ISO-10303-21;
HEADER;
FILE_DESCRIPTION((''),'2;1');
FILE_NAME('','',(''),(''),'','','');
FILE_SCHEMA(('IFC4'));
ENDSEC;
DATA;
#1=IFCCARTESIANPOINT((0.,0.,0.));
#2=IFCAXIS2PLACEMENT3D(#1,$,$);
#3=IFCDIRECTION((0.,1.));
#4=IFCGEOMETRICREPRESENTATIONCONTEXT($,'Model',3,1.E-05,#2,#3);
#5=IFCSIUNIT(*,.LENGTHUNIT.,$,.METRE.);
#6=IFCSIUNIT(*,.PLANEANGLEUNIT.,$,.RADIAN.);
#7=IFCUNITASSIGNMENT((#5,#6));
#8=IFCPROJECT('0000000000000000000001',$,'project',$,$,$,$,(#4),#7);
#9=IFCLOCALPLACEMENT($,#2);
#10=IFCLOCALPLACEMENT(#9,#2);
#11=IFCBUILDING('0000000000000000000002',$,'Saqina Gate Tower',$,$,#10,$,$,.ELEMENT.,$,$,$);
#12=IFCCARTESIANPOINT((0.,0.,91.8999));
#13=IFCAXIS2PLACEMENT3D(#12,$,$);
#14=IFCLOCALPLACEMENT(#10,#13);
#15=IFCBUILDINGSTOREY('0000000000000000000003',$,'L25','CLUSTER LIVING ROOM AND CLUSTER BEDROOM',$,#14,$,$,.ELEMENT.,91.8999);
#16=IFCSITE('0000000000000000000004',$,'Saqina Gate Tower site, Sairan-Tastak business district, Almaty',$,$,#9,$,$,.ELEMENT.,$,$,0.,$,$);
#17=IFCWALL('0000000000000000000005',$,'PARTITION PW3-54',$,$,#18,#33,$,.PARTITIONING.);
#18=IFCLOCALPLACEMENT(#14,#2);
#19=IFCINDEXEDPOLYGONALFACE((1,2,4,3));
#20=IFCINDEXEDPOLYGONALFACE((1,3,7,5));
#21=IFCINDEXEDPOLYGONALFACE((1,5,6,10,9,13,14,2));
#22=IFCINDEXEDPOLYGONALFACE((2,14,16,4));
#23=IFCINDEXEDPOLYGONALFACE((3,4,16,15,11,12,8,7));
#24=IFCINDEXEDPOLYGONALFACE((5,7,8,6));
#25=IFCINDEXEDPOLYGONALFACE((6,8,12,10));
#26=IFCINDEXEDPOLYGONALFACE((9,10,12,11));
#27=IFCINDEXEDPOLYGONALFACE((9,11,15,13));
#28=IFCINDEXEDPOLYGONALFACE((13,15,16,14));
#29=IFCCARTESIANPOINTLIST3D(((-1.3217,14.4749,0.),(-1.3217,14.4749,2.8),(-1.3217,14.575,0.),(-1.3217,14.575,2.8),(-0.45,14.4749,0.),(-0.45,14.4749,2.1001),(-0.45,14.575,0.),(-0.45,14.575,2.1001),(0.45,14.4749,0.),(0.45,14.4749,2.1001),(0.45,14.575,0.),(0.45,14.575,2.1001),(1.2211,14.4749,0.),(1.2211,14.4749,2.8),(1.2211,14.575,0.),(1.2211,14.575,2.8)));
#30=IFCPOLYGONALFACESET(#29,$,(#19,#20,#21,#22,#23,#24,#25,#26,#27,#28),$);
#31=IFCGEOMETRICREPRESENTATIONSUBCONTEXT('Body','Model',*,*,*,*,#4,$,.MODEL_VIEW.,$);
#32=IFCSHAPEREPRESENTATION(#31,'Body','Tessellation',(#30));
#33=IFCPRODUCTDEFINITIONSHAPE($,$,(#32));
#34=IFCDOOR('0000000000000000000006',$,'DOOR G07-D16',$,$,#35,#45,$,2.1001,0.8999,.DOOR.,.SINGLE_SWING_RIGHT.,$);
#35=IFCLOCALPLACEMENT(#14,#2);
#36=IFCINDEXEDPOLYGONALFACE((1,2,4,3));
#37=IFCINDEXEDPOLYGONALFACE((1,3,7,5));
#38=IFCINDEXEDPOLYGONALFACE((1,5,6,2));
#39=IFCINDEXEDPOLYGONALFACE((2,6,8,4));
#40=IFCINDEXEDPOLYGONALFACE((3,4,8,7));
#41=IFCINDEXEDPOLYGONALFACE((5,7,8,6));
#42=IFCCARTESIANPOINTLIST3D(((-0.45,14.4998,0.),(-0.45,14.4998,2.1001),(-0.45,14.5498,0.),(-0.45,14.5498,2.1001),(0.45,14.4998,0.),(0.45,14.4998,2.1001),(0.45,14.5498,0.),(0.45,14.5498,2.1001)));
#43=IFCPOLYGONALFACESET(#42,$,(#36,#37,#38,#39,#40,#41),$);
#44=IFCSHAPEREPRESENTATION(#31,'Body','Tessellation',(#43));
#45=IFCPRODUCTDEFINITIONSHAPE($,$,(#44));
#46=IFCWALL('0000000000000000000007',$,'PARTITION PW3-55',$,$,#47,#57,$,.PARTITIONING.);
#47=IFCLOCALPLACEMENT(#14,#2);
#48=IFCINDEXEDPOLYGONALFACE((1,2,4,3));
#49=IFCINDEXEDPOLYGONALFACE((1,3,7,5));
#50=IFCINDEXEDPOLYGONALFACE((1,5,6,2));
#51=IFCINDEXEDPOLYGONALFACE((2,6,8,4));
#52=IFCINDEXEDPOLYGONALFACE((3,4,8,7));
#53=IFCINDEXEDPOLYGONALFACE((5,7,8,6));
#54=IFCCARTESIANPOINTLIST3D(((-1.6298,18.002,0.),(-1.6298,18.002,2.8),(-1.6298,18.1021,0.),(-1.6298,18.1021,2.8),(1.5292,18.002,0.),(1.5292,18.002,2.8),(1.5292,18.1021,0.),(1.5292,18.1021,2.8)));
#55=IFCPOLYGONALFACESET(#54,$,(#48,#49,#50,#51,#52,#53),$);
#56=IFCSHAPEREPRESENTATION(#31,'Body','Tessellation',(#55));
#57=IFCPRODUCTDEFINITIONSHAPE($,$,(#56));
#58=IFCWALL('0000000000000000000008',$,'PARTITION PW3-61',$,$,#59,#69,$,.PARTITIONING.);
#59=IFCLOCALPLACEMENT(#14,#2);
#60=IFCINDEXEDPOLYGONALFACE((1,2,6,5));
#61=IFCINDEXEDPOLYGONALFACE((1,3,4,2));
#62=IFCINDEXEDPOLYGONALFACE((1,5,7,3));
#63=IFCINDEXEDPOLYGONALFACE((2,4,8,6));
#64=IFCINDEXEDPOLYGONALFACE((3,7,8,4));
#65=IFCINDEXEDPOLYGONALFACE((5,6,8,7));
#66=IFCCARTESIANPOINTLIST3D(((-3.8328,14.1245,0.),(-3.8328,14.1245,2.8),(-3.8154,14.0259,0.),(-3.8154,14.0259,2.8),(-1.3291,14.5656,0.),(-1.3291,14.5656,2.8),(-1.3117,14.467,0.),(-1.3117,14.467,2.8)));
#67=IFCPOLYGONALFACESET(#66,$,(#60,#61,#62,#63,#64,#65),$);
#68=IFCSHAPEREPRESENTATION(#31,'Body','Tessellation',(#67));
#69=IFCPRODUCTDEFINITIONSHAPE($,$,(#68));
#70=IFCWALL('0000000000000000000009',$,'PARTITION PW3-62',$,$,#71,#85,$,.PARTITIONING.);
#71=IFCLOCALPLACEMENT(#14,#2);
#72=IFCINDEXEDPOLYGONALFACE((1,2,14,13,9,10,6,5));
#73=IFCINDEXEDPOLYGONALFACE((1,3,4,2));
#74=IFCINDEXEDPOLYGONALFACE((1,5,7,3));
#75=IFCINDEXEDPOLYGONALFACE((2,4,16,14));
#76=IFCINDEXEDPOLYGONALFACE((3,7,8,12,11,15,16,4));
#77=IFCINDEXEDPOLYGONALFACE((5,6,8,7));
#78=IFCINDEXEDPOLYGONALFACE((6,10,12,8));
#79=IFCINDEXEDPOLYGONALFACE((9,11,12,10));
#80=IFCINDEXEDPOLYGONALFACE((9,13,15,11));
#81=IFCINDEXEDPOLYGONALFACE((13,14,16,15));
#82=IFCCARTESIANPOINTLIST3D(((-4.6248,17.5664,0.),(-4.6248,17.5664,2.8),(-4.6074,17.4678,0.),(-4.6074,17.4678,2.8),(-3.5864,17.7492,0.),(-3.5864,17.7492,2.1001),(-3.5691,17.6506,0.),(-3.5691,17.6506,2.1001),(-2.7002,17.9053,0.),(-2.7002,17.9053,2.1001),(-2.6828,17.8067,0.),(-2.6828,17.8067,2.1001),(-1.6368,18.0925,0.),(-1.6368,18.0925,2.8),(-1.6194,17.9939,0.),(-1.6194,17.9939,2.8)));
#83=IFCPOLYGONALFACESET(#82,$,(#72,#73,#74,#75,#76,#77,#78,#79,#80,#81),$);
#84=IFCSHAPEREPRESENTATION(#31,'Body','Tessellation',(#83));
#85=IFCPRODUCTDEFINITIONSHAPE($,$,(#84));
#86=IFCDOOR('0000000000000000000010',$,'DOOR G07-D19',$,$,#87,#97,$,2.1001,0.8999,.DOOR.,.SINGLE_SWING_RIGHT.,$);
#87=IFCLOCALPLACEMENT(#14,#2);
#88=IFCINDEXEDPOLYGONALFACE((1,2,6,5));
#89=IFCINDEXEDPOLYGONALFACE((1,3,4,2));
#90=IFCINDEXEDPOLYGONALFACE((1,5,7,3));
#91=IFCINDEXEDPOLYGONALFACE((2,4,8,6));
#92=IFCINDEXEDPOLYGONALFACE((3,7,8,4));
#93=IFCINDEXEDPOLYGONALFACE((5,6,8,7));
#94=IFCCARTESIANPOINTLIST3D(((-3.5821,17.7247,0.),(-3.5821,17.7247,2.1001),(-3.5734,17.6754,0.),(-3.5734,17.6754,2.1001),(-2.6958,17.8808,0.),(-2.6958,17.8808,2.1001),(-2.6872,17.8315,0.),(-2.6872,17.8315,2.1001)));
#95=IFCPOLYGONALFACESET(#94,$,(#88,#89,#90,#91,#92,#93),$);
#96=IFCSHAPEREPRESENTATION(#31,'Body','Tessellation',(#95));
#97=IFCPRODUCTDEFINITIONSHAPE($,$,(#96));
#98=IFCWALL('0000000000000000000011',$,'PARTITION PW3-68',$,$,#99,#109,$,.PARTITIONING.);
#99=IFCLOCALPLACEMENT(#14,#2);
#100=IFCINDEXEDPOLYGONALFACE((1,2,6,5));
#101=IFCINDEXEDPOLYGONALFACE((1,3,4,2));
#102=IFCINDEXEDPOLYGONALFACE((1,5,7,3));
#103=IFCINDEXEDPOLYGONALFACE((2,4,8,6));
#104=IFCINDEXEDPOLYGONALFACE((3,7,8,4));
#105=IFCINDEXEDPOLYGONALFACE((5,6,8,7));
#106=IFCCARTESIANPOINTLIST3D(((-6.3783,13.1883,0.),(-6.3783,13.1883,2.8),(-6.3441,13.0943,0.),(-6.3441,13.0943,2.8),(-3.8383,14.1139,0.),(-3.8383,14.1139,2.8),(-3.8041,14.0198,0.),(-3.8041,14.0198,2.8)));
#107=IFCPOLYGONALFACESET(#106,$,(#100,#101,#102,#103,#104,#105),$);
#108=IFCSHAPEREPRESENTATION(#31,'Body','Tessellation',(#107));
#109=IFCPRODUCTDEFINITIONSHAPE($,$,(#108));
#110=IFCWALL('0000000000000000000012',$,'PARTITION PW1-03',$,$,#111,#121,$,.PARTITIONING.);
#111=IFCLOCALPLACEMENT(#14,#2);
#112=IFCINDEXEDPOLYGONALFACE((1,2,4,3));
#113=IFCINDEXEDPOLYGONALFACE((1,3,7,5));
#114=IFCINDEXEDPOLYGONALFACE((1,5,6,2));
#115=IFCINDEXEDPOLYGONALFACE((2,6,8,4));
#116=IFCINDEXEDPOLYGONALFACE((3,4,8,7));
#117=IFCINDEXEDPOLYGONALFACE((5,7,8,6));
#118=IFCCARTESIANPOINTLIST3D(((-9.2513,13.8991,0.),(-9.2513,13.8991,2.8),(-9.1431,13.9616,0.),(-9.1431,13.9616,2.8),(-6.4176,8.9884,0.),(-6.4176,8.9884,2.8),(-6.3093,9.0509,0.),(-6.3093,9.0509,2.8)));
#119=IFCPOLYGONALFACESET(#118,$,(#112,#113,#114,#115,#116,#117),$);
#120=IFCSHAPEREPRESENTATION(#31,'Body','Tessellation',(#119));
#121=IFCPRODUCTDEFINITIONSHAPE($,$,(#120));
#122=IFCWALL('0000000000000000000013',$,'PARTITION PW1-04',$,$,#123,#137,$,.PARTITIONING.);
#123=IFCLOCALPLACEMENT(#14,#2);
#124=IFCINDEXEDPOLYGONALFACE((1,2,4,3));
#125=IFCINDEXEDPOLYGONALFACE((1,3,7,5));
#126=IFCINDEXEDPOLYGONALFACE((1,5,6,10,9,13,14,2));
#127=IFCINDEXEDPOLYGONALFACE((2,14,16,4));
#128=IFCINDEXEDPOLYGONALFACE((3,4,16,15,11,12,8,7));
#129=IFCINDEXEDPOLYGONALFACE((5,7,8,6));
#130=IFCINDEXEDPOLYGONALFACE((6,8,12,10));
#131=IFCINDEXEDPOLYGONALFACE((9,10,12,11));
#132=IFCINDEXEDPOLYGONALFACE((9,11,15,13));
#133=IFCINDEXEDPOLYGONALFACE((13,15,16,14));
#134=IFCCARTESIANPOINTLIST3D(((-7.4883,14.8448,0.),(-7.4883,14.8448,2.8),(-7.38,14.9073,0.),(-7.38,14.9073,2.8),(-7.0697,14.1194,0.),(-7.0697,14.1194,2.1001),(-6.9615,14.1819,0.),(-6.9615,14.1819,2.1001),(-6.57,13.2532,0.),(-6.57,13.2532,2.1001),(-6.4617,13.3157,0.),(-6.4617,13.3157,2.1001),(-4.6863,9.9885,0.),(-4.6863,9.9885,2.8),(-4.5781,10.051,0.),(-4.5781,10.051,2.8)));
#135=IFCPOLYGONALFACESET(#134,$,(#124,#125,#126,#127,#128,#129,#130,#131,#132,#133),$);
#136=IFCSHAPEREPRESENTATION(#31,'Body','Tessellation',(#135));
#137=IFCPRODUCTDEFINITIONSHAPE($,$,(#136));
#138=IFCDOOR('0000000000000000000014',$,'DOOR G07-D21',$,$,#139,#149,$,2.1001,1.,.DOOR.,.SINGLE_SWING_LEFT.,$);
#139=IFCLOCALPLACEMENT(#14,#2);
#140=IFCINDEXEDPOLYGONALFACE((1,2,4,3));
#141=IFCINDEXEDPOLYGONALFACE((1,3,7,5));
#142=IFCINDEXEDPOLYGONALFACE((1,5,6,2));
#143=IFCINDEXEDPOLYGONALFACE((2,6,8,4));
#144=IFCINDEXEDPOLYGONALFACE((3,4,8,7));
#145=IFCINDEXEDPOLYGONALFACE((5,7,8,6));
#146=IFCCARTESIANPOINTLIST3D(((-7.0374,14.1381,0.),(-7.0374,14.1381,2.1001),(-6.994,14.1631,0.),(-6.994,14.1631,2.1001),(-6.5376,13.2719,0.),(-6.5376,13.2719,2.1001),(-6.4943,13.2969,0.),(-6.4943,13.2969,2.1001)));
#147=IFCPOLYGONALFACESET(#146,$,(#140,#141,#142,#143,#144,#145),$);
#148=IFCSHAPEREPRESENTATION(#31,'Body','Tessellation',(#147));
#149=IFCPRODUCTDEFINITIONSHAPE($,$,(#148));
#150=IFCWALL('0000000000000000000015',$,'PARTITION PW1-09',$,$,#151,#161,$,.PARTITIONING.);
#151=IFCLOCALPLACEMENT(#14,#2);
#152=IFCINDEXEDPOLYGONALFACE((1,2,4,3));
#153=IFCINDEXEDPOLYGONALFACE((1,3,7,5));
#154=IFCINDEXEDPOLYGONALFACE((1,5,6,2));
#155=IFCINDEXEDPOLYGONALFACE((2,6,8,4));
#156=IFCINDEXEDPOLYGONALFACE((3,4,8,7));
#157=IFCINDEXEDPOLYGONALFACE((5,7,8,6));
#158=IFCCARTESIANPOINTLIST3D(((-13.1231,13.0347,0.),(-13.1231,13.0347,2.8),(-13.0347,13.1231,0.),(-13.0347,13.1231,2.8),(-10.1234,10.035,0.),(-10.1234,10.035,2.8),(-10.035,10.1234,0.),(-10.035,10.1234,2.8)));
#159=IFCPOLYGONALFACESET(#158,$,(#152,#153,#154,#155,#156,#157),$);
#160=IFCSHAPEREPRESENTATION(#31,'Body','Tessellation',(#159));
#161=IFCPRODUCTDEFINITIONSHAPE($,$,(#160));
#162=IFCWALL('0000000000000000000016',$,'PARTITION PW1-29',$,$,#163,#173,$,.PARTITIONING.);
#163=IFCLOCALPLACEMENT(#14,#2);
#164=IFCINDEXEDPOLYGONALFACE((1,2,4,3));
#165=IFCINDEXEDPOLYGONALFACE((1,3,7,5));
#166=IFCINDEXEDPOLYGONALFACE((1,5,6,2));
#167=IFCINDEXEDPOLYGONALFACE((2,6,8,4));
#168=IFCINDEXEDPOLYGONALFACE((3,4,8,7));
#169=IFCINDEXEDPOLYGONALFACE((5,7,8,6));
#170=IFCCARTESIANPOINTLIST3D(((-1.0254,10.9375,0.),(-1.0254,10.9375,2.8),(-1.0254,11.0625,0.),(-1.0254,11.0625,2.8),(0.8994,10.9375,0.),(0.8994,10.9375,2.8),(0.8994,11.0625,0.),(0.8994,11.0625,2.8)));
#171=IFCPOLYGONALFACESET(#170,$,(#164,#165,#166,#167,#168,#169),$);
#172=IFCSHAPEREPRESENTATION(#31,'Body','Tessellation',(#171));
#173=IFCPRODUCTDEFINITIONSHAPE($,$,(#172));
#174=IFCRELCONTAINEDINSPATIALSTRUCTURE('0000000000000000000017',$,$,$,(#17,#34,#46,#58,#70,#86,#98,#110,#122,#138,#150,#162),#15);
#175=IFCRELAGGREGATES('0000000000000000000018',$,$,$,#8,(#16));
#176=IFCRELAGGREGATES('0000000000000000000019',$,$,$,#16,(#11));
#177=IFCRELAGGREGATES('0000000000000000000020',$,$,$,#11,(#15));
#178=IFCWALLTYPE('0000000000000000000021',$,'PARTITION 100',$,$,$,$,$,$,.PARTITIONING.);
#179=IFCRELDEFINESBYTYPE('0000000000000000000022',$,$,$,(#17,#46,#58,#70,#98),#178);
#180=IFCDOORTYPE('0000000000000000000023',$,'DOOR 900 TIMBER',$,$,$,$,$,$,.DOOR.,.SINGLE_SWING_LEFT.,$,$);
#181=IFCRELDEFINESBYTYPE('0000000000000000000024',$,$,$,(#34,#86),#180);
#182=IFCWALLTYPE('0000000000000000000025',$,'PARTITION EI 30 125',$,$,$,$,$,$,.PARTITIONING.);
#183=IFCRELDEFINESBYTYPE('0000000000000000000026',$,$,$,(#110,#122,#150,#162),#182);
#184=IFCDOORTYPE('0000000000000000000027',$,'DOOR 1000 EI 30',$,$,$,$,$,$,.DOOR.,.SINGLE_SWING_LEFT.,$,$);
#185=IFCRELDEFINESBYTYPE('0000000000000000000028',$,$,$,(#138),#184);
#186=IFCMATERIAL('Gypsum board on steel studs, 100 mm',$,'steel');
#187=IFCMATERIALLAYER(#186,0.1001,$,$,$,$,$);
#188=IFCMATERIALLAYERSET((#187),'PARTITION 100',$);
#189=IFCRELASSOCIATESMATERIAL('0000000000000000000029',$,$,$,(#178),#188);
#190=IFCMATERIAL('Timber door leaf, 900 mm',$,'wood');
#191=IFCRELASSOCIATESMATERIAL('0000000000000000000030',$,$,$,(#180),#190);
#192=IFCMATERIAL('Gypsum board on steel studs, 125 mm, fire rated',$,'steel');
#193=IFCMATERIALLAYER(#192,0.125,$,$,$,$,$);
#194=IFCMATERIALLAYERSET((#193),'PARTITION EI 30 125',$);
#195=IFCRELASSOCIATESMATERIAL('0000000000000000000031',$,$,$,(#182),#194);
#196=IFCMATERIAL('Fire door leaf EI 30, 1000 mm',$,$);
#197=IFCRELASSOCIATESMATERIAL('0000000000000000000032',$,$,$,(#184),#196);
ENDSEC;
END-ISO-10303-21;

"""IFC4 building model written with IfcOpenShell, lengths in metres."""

from ifc_helpers import new_model, si_unit, direction, frame, frame_2d, origin, place, context, subcontext, project, spatial, rectangle, extrude, material, layer, layer_set, type_object, element, fill, save


model = new_model("IFC4")

# Units and contexts
model_context = context("Model", 3, precision=1e-05, world=origin(), true_north=direction((0.0, 1.0)))
body_context = subcontext(model_context, "Body", "Model", "MODEL_VIEW")
ifc_project = project(units=[si_unit("LENGTHUNIT", "METRE"), si_unit("PLANEANGLEUNIT", "RADIAN")], contexts=[model_context])

# Site, building, storey
site_placement = place(None, origin())
site = spatial("IfcSite", under=ifc_project, at=site_placement, Name="Saqina Gate Tower site, Sairan-Tastak business district, Almaty", CompositionType="ELEMENT", RefElevation=0.0)
building_placement = place(site_placement, origin())
building = spatial("IfcBuilding", under=site, at=building_placement, Name="Saqina Gate Tower", CompositionType="ELEMENT")
storey_placement = place(building_placement, frame((0.0, 0.0, 91.8999)))
storey = spatial("IfcBuildingStorey", under=building, at=storey_placement, Name="L25", Description="CLUSTER LIVING ROOM AND CLUSTER BEDROOM", CompositionType="ELEMENT", Elevation=91.8999)

# Wall, opening, door
ifc_material_1 = material(Name="Gypsum board on steel studs, 100 mm", Category="steel")
ifc_layer_1 = layer(ifc_material_1, 0.1001)
ifc_layer_set_1 = layer_set([ifc_layer_1], Name="PARTITION 100")
wall_type_1 = type_object("IfcWallType", Name="PARTITION 100", PredefinedType="PARTITIONING", material=ifc_layer_set_1)
wall_1_placement = place(storey_placement, frame((-1.3218, 14.5249, 0.0), z_axis=(0.0, 0.0, 1.0), x_axis=(1.0, 0.0, 0.0)))
wall_1 = element("IfcWall", 1, at=wall_1_placement, inside=storey, type_object=wall_type_1, Name="PARTITION PW3-54", PredefinedType="PARTITIONING", context=body_context, shape_type="SweptSolid", body=[
    extrude(rectangle(XDim=2.5427, YDim=0.1001, at=frame_2d((1.2715, 0.0))), origin(), (0.0, 0.0, 1.0), 2.8),
])
opening_1_placement = place(wall_1_placement, frame((0.8718, 0.0, 0.0)))
opening_1 = element("IfcOpeningElement", 2, at=opening_1_placement, cuts=wall_1, PredefinedType="OPENING", context=body_context, shape_type="SweptSolid", body=[
    extrude(rectangle(XDim=0.8999, YDim=2.1001, at=frame_2d((0.45, 1.05))), frame((0.0, 0.062, 0.0), z_axis=(0.0, -1.0, 0.0), x_axis=(1.0, 0.0, 0.0)), (0.0, 0.0, 1.0), 0.124),
])
ifc_material_2 = material(Name="Timber door leaf, 900 mm", Category="wood")
door_type_1 = type_object("IfcDoorType", Name="DOOR 900 TIMBER", OperationType="SINGLE_SWING_LEFT", PredefinedType="DOOR", material=ifc_material_2)
door_1_placement = place(opening_1_placement, origin())
door_1 = element("IfcDoor", 3, at=door_1_placement, inside=storey, type_object=door_type_1, Name="DOOR G07-D16", OperationType="SINGLE_SWING_RIGHT", OverallHeight=2.1001, OverallWidth=0.8999, PredefinedType="DOOR", context=body_context, shape_type="SweptSolid", body=[
    extrude(rectangle(XDim=0.8999, YDim=2.1001, at=frame_2d((0.45, 1.05))), frame((0.0, 0.0249, 0.0), z_axis=(0.0, -1.0, 0.0), x_axis=(1.0, 0.0, 0.0)), (0.0, 0.0, 1.0), 0.05),
])
fill(opening_1, door_1)

# Walls
wall_2_placement = place(storey_placement, frame((-1.6299, 18.052, 0.0), z_axis=(0.0, 0.0, 1.0), x_axis=(1.0, 0.0, 0.0)))
element("IfcWall", 4, at=wall_2_placement, inside=storey, type_object=wall_type_1, Name="PARTITION PW3-55", PredefinedType="PARTITIONING", context=body_context, shape_type="SweptSolid", body=[
    extrude(rectangle(XDim=3.1589, YDim=0.1001, at=frame_2d((1.5796, 0.0))), origin(), (0.0, 0.0, 1.0), 2.8),
])
wall_3_placement = place(storey_placement, frame((-3.824, 14.0752, 0.0), z_axis=(0.0, 0.0, 1.0), x_axis=(0.984828, 0.173533, 0.0)))
element("IfcWall", 5, at=wall_3_placement, inside=storey, type_object=wall_type_1, Name="PARTITION PW3-61", PredefinedType="PARTITIONING", context=body_context, shape_type="SweptSolid", body=[
    extrude(rectangle(XDim=2.5422, YDim=0.1001, at=frame_2d((1.271, 0.0))), origin(), (0.0, 0.0, 1.0), 2.8),
])

# Wall, opening, door
wall_4_placement = place(storey_placement, frame((-4.6162, 17.5171, 0.0), z_axis=(0.0, 0.0, 1.0), x_axis=(0.98485, 0.173409, 0.0)))
wall_4 = element("IfcWall", 6, at=wall_4_placement, inside=storey, type_object=wall_type_1, Name="PARTITION PW3-62", PredefinedType="PARTITIONING", context=body_context, shape_type="SweptSolid", body=[
    extrude(rectangle(XDim=3.0339, YDim=0.1001, at=frame_2d((1.5171, 0.0))), origin(), (0.0, 0.0, 1.0), 2.8),
])
opening_2_placement = place(wall_4_placement, frame((1.0544, 0.0, 0.0)))
opening_2 = element("IfcOpeningElement", 7, at=opening_2_placement, cuts=wall_4, PredefinedType="OPENING", context=body_context, shape_type="SweptSolid", body=[
    extrude(rectangle(XDim=0.8999, YDim=2.1001, at=frame_2d((0.45, 1.05))), frame((0.0, 0.062, 0.0), z_axis=(0.0, -1.0, 0.0), x_axis=(1.0, 0.0, 0.0)), (0.0, 0.0, 1.0), 0.124),
])
door_2_placement = place(opening_2_placement, frame((0.8999, 0.0, 0.0), z_axis=(0.0, 0.0, 1.0), x_axis=(-1.0, 0.0, 0.0)))
door_2 = element("IfcDoor", 8, at=door_2_placement, inside=storey, type_object=door_type_1, Name="DOOR G07-D19", OperationType="SINGLE_SWING_RIGHT", OverallHeight=2.1001, OverallWidth=0.8999, PredefinedType="DOOR", context=body_context, shape_type="SweptSolid", body=[
    extrude(rectangle(XDim=0.8999, YDim=2.1001, at=frame_2d((0.45, 1.05))), frame((0.0, 0.0249, 0.0), z_axis=(0.0, -1.0, 0.0), x_axis=(1.0, 0.0, 0.0)), (0.0, 0.0, 1.0), 0.05),
])
fill(opening_2, door_2)

# Walls
wall_5_placement = place(storey_placement, frame((-6.3611, 13.1414, 0.0), z_axis=(0.0, 0.0, 1.0), x_axis=(0.939569, 0.342359, 0.0)))
element("IfcWall", 9, at=wall_5_placement, inside=storey, type_object=wall_type_1, Name="PARTITION PW3-68", PredefinedType="PARTITIONING", context=body_context, shape_type="SweptSolid", body=[
    extrude(rectangle(XDim=2.7034, YDim=0.1001, at=frame_2d((1.3516, 0.0))), origin(), (0.0, 0.0, 1.0), 2.8),
])
ifc_material_3 = material(Name="Gypsum board on steel studs, 125 mm, fire rated", Category="steel")
ifc_layer_2 = layer(ifc_material_3, 0.125)
ifc_layer_set_2 = layer_set([ifc_layer_2], Name="PARTITION EI 30 125")
wall_type_2 = type_object("IfcWallType", Name="PARTITION EI 30 125", PredefinedType="PARTITIONING", material=ifc_layer_set_2)
wall_6_placement = place(storey_placement, frame((-9.1973, 13.9304, 0.0), z_axis=(0.0, 0.0, 1.0), x_axis=(0.499812, -0.866134, 0.0)))
element("IfcWall", 10, at=wall_6_placement, inside=storey, type_object=wall_type_2, Name="PARTITION PW1-03", PredefinedType="PARTITIONING", context=body_context, shape_type="SweptSolid", body=[
    extrude(rectangle(XDim=5.6697, YDim=0.125, at=frame_2d((2.835, 0.0))), origin(), (0.0, 0.0, 1.0), 2.8),
])

# Wall, opening, door
wall_7_placement = place(storey_placement, frame((-7.4341, 14.876, 0.0), z_axis=(0.0, 0.0, 1.0), x_axis=(0.49975, -0.86617, 0.0)))
wall_7 = element("IfcWall", 11, at=wall_7_placement, inside=storey, type_object=wall_type_2, Name="PARTITION PW1-04", PredefinedType="PARTITIONING", context=body_context, shape_type="SweptSolid", body=[
    extrude(rectangle(XDim=5.6067, YDim=0.125, at=frame_2d((2.8032, 0.0))), origin(), (0.0, 0.0, 1.0), 2.8),
])
opening_3_placement = place(wall_7_placement, frame((0.8374, 0.0, 0.0)))
opening_3 = element("IfcOpeningElement", 12, at=opening_3_placement, cuts=wall_7, PredefinedType="OPENING", context=body_context, shape_type="SweptSolid", body=[
    extrude(rectangle(XDim=1.0, YDim=2.1001, at=frame_2d((0.5, 1.05))), frame((0.0, 0.0745, 0.0), z_axis=(0.0, -1.0, 0.0), x_axis=(1.0, 0.0, 0.0)), (0.0, 0.0, 1.0), 0.1489),
])
ifc_material_4 = material(Name="Fire door leaf EI 30, 1000 mm")
door_type_2 = type_object("IfcDoorType", Name="DOOR 1000 EI 30", OperationType="SINGLE_SWING_LEFT", PredefinedType="DOOR", material=ifc_material_4)
door_3_placement = place(opening_3_placement, origin())
door_3 = element("IfcDoor", 13, at=door_3_placement, inside=storey, type_object=door_type_2, Name="DOOR G07-D21", OperationType="SINGLE_SWING_LEFT", OverallHeight=2.1001, OverallWidth=1.0, PredefinedType="DOOR", context=body_context, shape_type="SweptSolid", body=[
    extrude(rectangle(XDim=1.0, YDim=2.1001, at=frame_2d((0.5, 1.05))), frame((0.0, 0.0249, 0.0), z_axis=(0.0, -1.0, 0.0), x_axis=(1.0, 0.0, 0.0)), (0.0, 0.0, 1.0), 0.05),
])
fill(opening_3, door_3)

# Walls
wall_8_placement = place(storey_placement, frame((-13.0789, 13.0789, 0.0), z_axis=(0.0, 0.0, 1.0), x_axis=(0.707107, -0.707107, 0.0)))
element("IfcWall", 14, at=wall_8_placement, inside=storey, type_object=wall_type_2, Name="PARTITION PW1-09", PredefinedType="PARTITIONING", context=body_context, shape_type="SweptSolid", body=[
    extrude(rectangle(XDim=4.2422, YDim=0.125, at=frame_2d((2.1211, 0.0))), origin(), (0.0, 0.0, 1.0), 2.8),
])
wall_9_placement = place(storey_placement, frame((-1.0254, 11.0, 0.0), z_axis=(0.0, 0.0, 1.0), x_axis=(1.0, 0.0, 0.0)))
element("IfcWall", 15, at=wall_9_placement, inside=storey, type_object=wall_type_2, Name="PARTITION PW1-29", PredefinedType="PARTITIONING", context=body_context, shape_type="SweptSolid", body=[
    extrude(rectangle(XDim=1.9248, YDim=0.125, at=frame_2d((0.9624, 0.0))), origin(), (0.0, 0.0, 1.0), 2.8),
])

save(model, "model.ifc")
